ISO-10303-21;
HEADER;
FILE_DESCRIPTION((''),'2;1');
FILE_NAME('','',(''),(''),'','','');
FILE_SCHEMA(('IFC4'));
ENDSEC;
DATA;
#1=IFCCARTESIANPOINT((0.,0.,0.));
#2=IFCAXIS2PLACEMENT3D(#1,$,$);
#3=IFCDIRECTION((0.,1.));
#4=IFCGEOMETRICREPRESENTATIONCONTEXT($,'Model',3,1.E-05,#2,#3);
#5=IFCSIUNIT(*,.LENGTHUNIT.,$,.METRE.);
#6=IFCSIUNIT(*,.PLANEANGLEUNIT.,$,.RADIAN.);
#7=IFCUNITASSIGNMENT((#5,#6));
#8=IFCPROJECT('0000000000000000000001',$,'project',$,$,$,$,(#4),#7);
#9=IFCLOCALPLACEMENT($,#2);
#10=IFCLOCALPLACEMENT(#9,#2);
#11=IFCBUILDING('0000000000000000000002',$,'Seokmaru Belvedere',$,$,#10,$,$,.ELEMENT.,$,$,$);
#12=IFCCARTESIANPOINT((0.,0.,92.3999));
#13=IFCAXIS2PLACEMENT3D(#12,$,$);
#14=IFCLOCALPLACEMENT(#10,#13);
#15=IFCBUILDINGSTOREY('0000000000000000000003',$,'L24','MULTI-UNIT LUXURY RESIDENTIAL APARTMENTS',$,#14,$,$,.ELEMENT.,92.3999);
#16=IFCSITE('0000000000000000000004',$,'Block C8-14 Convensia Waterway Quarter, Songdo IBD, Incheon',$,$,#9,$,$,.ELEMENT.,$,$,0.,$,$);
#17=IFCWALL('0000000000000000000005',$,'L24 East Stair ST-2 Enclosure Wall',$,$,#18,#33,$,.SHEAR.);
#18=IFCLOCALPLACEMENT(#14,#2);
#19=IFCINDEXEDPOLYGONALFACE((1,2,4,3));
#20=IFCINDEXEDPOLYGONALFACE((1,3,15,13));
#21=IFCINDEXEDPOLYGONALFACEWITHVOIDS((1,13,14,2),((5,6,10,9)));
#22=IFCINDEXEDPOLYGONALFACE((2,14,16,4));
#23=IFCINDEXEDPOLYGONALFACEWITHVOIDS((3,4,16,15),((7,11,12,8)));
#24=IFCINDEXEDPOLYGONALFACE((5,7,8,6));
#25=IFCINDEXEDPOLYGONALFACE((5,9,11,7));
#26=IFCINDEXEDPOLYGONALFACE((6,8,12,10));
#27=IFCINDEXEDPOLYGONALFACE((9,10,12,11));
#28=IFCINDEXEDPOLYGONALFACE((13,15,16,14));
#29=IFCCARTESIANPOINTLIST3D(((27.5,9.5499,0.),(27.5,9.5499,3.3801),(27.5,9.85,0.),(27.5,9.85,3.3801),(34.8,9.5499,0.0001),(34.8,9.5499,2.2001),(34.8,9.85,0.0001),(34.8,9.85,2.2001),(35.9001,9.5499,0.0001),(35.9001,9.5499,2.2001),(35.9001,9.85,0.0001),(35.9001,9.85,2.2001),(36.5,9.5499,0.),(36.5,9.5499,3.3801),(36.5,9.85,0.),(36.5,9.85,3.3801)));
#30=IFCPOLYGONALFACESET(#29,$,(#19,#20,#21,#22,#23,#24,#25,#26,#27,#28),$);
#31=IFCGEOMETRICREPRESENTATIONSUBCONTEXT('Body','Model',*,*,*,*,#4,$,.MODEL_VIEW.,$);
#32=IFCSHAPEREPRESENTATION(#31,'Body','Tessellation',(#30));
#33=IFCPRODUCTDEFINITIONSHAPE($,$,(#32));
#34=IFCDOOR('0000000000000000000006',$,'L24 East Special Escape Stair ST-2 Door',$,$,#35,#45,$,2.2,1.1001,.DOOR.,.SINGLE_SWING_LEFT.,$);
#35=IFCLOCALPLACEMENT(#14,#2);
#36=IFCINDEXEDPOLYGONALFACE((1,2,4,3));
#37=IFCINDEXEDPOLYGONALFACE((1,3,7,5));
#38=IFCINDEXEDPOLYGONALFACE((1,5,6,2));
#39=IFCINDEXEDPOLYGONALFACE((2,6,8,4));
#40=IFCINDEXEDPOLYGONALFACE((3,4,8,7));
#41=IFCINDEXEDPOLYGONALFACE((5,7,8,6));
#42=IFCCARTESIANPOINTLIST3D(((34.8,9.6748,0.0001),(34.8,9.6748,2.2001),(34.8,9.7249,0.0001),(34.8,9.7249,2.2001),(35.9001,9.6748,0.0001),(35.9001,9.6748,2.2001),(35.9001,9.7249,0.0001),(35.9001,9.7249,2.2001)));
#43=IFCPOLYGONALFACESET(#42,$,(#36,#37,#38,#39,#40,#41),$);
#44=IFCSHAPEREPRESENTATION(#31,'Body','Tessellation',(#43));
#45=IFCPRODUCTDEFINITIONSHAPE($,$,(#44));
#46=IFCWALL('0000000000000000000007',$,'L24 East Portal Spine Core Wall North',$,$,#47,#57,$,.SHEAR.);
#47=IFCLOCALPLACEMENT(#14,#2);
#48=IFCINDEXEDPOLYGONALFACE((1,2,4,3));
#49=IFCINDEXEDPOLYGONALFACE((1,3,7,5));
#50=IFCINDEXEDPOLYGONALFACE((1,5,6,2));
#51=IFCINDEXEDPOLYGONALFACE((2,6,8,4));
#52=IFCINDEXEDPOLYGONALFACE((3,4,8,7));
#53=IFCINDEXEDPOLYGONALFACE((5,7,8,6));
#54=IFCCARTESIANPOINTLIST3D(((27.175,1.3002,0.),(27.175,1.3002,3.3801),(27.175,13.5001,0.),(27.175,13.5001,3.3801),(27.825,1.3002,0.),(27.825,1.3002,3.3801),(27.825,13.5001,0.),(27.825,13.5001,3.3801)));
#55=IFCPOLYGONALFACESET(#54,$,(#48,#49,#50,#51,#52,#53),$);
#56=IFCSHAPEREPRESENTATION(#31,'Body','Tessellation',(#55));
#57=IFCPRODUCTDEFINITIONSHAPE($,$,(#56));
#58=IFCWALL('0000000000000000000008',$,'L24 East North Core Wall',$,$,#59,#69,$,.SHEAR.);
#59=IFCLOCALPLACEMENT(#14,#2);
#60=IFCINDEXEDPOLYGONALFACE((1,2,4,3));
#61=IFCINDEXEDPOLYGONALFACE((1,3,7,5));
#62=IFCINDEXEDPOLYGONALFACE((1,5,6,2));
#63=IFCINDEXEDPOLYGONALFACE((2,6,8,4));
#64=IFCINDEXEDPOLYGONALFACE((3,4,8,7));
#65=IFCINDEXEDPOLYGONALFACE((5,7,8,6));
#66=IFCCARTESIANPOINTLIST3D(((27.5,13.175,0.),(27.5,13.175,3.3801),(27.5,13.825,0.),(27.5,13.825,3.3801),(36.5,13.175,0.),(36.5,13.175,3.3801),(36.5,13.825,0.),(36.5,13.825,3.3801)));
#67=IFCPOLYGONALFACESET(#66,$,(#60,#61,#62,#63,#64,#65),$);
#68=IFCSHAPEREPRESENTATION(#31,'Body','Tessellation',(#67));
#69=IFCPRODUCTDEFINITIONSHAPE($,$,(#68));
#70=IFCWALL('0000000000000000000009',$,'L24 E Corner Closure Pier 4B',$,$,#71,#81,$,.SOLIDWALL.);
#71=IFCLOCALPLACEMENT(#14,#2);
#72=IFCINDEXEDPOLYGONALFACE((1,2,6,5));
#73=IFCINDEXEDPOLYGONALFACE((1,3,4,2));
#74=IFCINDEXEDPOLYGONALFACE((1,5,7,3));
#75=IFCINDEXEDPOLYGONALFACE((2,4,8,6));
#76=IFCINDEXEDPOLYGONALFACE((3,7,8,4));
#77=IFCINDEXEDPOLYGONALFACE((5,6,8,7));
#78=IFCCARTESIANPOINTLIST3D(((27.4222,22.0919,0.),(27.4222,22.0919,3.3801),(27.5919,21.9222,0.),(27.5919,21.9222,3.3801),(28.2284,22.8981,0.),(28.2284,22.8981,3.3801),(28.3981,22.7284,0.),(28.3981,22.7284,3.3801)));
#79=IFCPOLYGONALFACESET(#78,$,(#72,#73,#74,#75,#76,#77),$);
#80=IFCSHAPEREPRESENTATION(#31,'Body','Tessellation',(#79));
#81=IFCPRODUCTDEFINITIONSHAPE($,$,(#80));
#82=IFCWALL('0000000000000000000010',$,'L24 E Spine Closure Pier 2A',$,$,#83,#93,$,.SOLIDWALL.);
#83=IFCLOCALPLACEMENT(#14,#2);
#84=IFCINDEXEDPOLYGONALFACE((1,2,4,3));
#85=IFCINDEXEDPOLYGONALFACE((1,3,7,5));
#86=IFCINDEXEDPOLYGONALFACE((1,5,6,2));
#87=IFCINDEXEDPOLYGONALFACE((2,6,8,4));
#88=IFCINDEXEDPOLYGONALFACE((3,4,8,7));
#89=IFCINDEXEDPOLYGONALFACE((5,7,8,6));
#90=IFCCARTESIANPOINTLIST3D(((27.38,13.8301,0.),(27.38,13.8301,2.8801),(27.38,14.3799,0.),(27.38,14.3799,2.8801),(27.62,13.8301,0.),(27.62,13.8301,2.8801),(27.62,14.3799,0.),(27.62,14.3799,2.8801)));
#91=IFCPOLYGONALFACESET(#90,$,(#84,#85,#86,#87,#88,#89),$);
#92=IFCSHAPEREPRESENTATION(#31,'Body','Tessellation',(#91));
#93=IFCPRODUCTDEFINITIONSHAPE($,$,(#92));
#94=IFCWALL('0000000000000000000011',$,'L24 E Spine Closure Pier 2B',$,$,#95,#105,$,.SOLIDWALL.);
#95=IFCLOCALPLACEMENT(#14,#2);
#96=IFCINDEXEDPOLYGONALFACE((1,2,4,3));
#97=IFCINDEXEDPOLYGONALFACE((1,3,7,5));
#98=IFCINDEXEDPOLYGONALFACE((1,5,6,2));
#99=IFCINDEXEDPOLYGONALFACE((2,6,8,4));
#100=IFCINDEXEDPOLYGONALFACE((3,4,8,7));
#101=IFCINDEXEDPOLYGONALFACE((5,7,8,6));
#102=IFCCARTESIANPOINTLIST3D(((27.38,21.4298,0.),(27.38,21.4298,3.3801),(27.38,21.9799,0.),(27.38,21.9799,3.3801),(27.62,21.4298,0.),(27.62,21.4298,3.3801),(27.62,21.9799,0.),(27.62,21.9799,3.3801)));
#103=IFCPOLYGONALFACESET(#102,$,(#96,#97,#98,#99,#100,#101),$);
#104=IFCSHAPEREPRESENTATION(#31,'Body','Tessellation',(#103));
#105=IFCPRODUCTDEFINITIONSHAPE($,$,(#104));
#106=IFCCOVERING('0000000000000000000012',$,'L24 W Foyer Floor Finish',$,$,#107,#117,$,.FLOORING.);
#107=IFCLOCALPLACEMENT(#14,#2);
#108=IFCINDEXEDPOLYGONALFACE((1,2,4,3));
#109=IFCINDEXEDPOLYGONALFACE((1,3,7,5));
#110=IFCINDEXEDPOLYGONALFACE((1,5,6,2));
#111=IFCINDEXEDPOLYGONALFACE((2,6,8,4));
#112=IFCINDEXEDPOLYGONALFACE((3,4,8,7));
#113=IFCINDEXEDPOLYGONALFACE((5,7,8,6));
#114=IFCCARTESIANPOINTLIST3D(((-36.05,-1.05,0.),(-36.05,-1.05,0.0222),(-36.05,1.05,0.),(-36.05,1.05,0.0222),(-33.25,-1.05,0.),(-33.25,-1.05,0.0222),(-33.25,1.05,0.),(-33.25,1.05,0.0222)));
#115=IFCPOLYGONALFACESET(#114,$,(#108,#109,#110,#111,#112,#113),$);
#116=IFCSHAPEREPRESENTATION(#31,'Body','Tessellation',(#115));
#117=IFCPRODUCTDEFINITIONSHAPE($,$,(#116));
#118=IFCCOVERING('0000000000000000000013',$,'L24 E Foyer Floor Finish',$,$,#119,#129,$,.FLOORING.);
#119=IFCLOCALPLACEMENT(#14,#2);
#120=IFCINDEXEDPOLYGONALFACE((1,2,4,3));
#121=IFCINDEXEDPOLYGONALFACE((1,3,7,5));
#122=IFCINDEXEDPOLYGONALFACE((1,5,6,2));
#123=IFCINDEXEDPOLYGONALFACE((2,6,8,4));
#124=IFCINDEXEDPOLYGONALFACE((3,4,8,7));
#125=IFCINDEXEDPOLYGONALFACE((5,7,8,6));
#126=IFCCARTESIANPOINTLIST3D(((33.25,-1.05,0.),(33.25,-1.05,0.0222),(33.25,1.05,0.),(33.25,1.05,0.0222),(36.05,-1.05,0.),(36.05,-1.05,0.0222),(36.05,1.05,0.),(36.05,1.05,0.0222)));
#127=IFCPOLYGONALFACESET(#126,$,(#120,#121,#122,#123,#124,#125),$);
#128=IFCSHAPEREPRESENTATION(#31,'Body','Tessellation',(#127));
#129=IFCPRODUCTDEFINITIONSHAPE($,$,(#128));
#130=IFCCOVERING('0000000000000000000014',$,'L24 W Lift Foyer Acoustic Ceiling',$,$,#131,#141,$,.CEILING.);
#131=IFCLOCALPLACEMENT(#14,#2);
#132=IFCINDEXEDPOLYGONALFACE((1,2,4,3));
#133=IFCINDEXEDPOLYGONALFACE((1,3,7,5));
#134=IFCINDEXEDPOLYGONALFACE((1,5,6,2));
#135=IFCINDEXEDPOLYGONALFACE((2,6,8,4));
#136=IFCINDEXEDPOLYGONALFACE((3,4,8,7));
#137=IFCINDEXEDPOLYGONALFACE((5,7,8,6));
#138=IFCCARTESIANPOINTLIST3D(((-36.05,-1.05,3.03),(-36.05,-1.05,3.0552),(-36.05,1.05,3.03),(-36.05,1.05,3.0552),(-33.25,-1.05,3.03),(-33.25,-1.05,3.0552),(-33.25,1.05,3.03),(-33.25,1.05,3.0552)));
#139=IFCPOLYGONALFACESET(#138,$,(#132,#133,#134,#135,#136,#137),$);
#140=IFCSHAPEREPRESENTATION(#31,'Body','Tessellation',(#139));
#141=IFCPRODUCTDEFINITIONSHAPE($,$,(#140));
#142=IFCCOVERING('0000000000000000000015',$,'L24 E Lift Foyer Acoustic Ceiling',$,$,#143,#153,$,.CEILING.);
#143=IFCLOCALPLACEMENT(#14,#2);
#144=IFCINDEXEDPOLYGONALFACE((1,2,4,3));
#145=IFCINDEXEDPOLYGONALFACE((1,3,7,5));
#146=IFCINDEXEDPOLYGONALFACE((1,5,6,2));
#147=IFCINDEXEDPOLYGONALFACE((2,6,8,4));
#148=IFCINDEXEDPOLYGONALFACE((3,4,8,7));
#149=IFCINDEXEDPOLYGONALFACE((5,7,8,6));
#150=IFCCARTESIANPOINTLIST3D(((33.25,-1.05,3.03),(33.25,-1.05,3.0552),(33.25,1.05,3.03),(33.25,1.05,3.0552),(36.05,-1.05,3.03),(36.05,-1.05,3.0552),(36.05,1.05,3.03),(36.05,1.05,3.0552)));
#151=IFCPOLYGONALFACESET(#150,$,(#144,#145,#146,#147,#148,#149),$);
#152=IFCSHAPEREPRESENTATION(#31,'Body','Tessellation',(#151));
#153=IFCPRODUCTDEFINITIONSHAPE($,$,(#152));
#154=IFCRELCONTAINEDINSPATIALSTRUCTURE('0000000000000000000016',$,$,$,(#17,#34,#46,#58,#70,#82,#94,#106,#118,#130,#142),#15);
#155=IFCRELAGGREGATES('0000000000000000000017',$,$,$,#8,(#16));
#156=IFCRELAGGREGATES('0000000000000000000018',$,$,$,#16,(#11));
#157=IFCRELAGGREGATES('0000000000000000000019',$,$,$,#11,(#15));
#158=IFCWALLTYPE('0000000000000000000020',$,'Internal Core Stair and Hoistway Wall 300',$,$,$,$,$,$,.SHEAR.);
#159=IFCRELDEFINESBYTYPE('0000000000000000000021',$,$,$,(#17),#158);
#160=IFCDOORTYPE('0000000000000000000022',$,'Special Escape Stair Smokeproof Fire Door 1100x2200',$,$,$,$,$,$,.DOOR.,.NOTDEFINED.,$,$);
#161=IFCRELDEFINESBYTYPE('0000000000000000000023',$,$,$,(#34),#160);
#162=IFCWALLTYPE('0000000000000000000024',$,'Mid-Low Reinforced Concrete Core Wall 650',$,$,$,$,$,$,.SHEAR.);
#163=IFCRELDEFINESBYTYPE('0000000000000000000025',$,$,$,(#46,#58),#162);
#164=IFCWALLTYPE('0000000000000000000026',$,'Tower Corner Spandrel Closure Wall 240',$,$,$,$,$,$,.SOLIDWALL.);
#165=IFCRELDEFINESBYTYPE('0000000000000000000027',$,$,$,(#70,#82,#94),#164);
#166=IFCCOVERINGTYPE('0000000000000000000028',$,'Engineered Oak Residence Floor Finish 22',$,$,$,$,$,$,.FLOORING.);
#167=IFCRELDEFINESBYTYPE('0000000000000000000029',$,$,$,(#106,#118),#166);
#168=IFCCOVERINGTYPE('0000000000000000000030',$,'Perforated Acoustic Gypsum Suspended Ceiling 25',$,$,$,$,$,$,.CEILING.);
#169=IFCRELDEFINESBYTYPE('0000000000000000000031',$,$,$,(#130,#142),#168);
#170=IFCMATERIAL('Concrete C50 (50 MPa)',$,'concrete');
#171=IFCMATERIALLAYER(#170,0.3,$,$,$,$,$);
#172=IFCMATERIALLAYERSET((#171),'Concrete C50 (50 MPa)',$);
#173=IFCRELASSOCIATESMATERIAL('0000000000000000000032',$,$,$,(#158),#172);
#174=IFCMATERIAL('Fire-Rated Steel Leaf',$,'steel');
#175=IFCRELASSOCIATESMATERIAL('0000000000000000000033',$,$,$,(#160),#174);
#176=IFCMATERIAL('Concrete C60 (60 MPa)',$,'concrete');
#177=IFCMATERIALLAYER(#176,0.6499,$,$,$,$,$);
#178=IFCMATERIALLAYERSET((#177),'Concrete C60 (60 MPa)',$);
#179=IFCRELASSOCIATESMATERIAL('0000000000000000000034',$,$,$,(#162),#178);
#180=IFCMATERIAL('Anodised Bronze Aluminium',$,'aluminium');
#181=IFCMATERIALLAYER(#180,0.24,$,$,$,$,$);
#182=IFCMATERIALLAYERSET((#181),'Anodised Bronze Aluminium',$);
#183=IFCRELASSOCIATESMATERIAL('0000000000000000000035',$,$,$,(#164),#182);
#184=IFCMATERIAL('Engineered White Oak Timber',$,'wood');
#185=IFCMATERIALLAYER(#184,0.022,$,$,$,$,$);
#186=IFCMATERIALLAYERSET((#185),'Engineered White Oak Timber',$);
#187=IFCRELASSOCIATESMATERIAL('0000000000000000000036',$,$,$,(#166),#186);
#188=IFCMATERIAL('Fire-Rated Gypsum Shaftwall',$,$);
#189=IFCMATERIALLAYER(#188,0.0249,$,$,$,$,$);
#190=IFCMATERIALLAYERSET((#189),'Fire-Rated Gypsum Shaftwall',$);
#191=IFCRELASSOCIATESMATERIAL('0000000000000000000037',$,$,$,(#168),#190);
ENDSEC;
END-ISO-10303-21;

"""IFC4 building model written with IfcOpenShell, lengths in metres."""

from ifc_helpers import new_model, si_unit, direction, frame, frame_2d, origin, place, context, subcontext, project, spatial, polyline, rectangle, outline, extrude, source, transform, mapped, material, layer, layer_set, type_object, type_shapes, element, fill, save


model = new_model("IFC4")

# Units and contexts
model_context = context("Model", 3, precision=1e-05, world=origin(), true_north=direction((0.0, 1.0)))
body_context = subcontext(model_context, "Body", "Model", "MODEL_VIEW")
ifc_project = project(units=[si_unit("LENGTHUNIT", "METRE"), si_unit("PLANEANGLEUNIT", "RADIAN")], contexts=[model_context])

# Site, building, storey
site_placement = place(None, origin())
site = spatial("IfcSite", under=ifc_project, at=site_placement, Name="Block C8-14 Convensia Waterway Quarter, Songdo IBD, Incheon", CompositionType="ELEMENT", RefElevation=0.0)
building_placement = place(site_placement, origin())
building = spatial("IfcBuilding", under=site, at=building_placement, Name="Seokmaru Belvedere", CompositionType="ELEMENT")
storey_placement = place(building_placement, frame((0.0, 0.0, 92.3999)))
storey = spatial("IfcBuildingStorey", under=building, at=storey_placement, Name="L24", Description="MULTI-UNIT LUXURY RESIDENTIAL APARTMENTS", CompositionType="ELEMENT", Elevation=92.3999)

# Shared definitions
ifc_material_1 = material(Name="Anodised Bronze Aluminium", Category="aluminium")

# Shared definitions
ifc_material_2 = material(Name="Fire-Rated Gypsum Shaftwall")
ifc_material_3 = material(Name="Engineered White Oak Timber", Category="wood")

# Shared definitions
ifc_material_4 = material(Name="Concrete C50 (50 MPa)", Category="concrete")

# Wall, opening, door
ifc_layer_1 = layer(ifc_material_4, 0.3)
ifc_layer_set_1 = layer_set([ifc_layer_1], Name="Concrete C50 (50 MPa)")
wall_type_1 = type_object("IfcWallType", Name="Internal Core Stair and Hoistway Wall 300", PredefinedType="SHEAR", material=ifc_layer_set_1)
wall_1_placement = place(storey_placement, frame((27.5, 9.7, 0.0), z_axis=(0.0, 0.0, 1.0), x_axis=(1.0, 0.0, 0.0)))
wall_1 = element("IfcWall", 1, at=wall_1_placement, inside=storey, type_object=wall_type_1, Name="L24 East Stair ST-2 Enclosure Wall", PredefinedType="SHEAR", context=body_context, shape_type="SweptSolid", body=[
    extrude(rectangle(XDim=9.0, YDim=0.3, at=frame_2d((4.5, 0.0))), origin(), (0.0, 0.0, 1.0), 3.3801),
])
opening_1_placement = place(wall_1_placement, frame((7.3, 0.0, 0.0)))
opening_1 = element("IfcOpeningElement", 2, at=opening_1_placement, cuts=wall_1, PredefinedType="OPENING", context=body_context, shape_type="SweptSolid", body=[
    extrude(rectangle(XDim=1.1001, YDim=2.2, at=frame_2d((0.55, 1.1001))), frame((0.0, 0.1602, 0.0), z_axis=(0.0, -1.0, 0.0), x_axis=(1.0, 0.0, 0.0)), (0.0, 0.0, 1.0), 0.3201),
])
ifc_material_5 = material(Name="Fire-Rated Steel Leaf", Category="steel")
door_type_1 = type_object("IfcDoorType", Name="Special Escape Stair Smokeproof Fire Door 1100x2200", OperationType="NOTDEFINED", PredefinedType="DOOR", material=ifc_material_5)
shared_shape_1 = source(origin(), body_context, "Body", "SweptSolid", [
    extrude(rectangle(XDim=1.1001, YDim=2.2, at=frame_2d((0.55, 1.1001))), frame((0.0, 0.0249, 0.0), z_axis=(0.0, -1.0, 0.0), x_axis=(1.0, 0.0, 0.0)), (0.0, 0.0, 1.0), 0.05),
])
type_shapes(door_type_1, [shared_shape_1])
door_1_placement = place(opening_1_placement, origin())
door_1 = element("IfcDoor", 3, at=door_1_placement, inside=storey, type_object=door_type_1, Name="L24 East Special Escape Stair ST-2 Door", OperationType="SINGLE_SWING_LEFT", OverallHeight=2.2, OverallWidth=1.1001, PredefinedType="DOOR", context=body_context, shape_type="MappedRepresentation", body=[
    mapped(shared_shape_1, transform((0.0, 0.0, 0.0), scale=1.0)),
])
fill(opening_1, door_1)

# Walls
ifc_material_6 = material(Name="Concrete C60 (60 MPa)", Category="concrete")
ifc_layer_2 = layer(ifc_material_6, 0.6499)
ifc_layer_set_2 = layer_set([ifc_layer_2], Name="Concrete C60 (60 MPa)")
wall_type_2 = type_object("IfcWallType", Name="Mid-Low Reinforced Concrete Core Wall 650", PredefinedType="SHEAR", material=ifc_layer_set_2)
wall_2_placement = place(storey_placement, frame((27.5, 1.3, 0.0), z_axis=(0.0, 0.0, 1.0), x_axis=(0.0, 1.0, 0.0)))
element("IfcWall", 4, at=wall_2_placement, inside=storey, type_object=wall_type_2, Name="L24 East Portal Spine Core Wall North", PredefinedType="SHEAR", context=body_context, shape_type="SweptSolid", body=[
    extrude(rectangle(XDim=12.2, YDim=0.6499, at=frame_2d((6.1001, 0.0))), origin(), (0.0, 0.0, 1.0), 3.3801),
])
wall_3_placement = place(storey_placement, frame((27.5, 13.5, 0.0), z_axis=(0.0, 0.0, 1.0), x_axis=(1.0, 0.0, 0.0)))
element("IfcWall", 5, at=wall_3_placement, inside=storey, type_object=wall_type_2, Name="L24 East North Core Wall", PredefinedType="SHEAR", context=body_context, shape_type="SweptSolid", body=[
    extrude(rectangle(XDim=9.0, YDim=0.6499, at=frame_2d((4.5, 0.0))), origin(), (0.0, 0.0, 1.0), 3.3801),
])
ifc_layer_3 = layer(ifc_material_1, 0.24)
ifc_layer_set_3 = layer_set([ifc_layer_3], Name="Anodised Bronze Aluminium")
wall_type_3 = type_object("IfcWallType", Name="Tower Corner Spandrel Closure Wall 240", PredefinedType="SOLIDWALL", material=ifc_layer_set_3)
wall_4_placement = place(storey_placement, frame((28.3132, 22.8132, 0.0), z_axis=(0.0, 0.0, 1.0), x_axis=(-0.707107, -0.707107, 0.0)))
element("IfcWall", 6, at=wall_4_placement, inside=storey, type_object=wall_type_3, Name="L24 E Corner Closure Pier 4B", PredefinedType="SOLIDWALL", context=body_context, shape_type="SweptSolid", body=[
    extrude(rectangle(XDim=1.1401, YDim=0.24, at=frame_2d((0.5701, 0.0))), origin(), (0.0, 0.0, 1.0), 3.3801),
])
wall_5_placement = place(storey_placement, frame((27.5, 13.8301, 0.0), z_axis=(0.0, 0.0, 1.0), x_axis=(0.0, 1.0, 0.0)))
element("IfcWall", 7, at=wall_5_placement, inside=storey, type_object=wall_type_3, Name="L24 E Spine Closure Pier 2A", PredefinedType="SOLIDWALL", context=body_context, shape_type="SweptSolid", body=[
    extrude(rectangle(XDim=0.5498, YDim=0.24, at=frame_2d((0.2749, 0.0))), origin(), (0.0, 0.0, 1.0), 2.8801),
])
wall_6_placement = place(storey_placement, frame((27.5, 21.4299, 0.0), z_axis=(0.0, 0.0, 1.0), x_axis=(0.0, 1.0, 0.0)))
element("IfcWall", 8, at=wall_6_placement, inside=storey, type_object=wall_type_3, Name="L24 E Spine Closure Pier 2B", PredefinedType="SOLIDWALL", context=body_context, shape_type="SweptSolid", body=[
    extrude(rectangle(XDim=0.55, YDim=0.24, at=frame_2d((0.2749, 0.0))), origin(), (0.0, 0.0, 1.0), 3.3801),
])

# Coverings
ifc_layer_4 = layer(ifc_material_3, 0.022)
ifc_layer_set_4 = layer_set([ifc_layer_4], Name="Engineered White Oak Timber")
covering_type_1 = type_object("IfcCoveringType", Name="Engineered Oak Residence Floor Finish 22", PredefinedType="FLOORING", material=ifc_layer_set_4)
covering_1_placement = place(storey_placement, origin())
element("IfcCovering", 9, at=covering_1_placement, inside=storey, type_object=covering_type_1, Name="L24 W Foyer Floor Finish", PredefinedType="FLOORING", context=body_context, shape_type="SweptSolid", body=[
    extrude(outline(polyline([(-36.05, -1.05), (-33.25, -1.05), (-33.25, 1.05), (-36.05, 1.05), (-36.05, -1.05)])), origin(), (0.0, 0.0, 1.0), 0.0222),
])
covering_2_placement = place(storey_placement, origin())
element("IfcCovering", 10, at=covering_2_placement, inside=storey, type_object=covering_type_1, Name="L24 E Foyer Floor Finish", PredefinedType="FLOORING", context=body_context, shape_type="SweptSolid", body=[
    extrude(outline(polyline([(33.25, -1.05), (36.05, -1.05), (36.05, 1.05), (33.25, 1.05), (33.25, -1.05)])), origin(), (0.0, 0.0, 1.0), 0.0222),
])
ifc_layer_5 = layer(ifc_material_2, 0.0249)
ifc_layer_set_5 = layer_set([ifc_layer_5], Name="Fire-Rated Gypsum Shaftwall")
covering_type_2 = type_object("IfcCoveringType", Name="Perforated Acoustic Gypsum Suspended Ceiling 25", PredefinedType="CEILING", material=ifc_layer_set_5)
covering_3_placement = place(storey_placement, frame((0.0, 0.0, 3.03)))
element("IfcCovering", 11, at=covering_3_placement, inside=storey, type_object=covering_type_2, Name="L24 W Lift Foyer Acoustic Ceiling", PredefinedType="CEILING", context=body_context, shape_type="SweptSolid", body=[
    extrude(outline(polyline([(-36.05, -1.05), (-33.25, -1.05), (-33.25, 1.05), (-36.05, 1.05), (-36.05, -1.05)])), origin(), (0.0, 0.0, 1.0), 0.0251),
])
covering_4_placement = place(storey_placement, frame((0.0, 0.0, 3.03)))
element("IfcCovering", 12, at=covering_4_placement, inside=storey, type_object=covering_type_2, Name="L24 E Lift Foyer Acoustic Ceiling", PredefinedType="CEILING", context=body_context, shape_type="SweptSolid", body=[
    extrude(outline(polyline([(33.25, -1.05), (36.05, -1.05), (36.05, 1.05), (33.25, 1.05), (33.25, -1.05)])), origin(), (0.0, 0.0, 1.0), 0.0251),
])

save(model, "model.ifc")
